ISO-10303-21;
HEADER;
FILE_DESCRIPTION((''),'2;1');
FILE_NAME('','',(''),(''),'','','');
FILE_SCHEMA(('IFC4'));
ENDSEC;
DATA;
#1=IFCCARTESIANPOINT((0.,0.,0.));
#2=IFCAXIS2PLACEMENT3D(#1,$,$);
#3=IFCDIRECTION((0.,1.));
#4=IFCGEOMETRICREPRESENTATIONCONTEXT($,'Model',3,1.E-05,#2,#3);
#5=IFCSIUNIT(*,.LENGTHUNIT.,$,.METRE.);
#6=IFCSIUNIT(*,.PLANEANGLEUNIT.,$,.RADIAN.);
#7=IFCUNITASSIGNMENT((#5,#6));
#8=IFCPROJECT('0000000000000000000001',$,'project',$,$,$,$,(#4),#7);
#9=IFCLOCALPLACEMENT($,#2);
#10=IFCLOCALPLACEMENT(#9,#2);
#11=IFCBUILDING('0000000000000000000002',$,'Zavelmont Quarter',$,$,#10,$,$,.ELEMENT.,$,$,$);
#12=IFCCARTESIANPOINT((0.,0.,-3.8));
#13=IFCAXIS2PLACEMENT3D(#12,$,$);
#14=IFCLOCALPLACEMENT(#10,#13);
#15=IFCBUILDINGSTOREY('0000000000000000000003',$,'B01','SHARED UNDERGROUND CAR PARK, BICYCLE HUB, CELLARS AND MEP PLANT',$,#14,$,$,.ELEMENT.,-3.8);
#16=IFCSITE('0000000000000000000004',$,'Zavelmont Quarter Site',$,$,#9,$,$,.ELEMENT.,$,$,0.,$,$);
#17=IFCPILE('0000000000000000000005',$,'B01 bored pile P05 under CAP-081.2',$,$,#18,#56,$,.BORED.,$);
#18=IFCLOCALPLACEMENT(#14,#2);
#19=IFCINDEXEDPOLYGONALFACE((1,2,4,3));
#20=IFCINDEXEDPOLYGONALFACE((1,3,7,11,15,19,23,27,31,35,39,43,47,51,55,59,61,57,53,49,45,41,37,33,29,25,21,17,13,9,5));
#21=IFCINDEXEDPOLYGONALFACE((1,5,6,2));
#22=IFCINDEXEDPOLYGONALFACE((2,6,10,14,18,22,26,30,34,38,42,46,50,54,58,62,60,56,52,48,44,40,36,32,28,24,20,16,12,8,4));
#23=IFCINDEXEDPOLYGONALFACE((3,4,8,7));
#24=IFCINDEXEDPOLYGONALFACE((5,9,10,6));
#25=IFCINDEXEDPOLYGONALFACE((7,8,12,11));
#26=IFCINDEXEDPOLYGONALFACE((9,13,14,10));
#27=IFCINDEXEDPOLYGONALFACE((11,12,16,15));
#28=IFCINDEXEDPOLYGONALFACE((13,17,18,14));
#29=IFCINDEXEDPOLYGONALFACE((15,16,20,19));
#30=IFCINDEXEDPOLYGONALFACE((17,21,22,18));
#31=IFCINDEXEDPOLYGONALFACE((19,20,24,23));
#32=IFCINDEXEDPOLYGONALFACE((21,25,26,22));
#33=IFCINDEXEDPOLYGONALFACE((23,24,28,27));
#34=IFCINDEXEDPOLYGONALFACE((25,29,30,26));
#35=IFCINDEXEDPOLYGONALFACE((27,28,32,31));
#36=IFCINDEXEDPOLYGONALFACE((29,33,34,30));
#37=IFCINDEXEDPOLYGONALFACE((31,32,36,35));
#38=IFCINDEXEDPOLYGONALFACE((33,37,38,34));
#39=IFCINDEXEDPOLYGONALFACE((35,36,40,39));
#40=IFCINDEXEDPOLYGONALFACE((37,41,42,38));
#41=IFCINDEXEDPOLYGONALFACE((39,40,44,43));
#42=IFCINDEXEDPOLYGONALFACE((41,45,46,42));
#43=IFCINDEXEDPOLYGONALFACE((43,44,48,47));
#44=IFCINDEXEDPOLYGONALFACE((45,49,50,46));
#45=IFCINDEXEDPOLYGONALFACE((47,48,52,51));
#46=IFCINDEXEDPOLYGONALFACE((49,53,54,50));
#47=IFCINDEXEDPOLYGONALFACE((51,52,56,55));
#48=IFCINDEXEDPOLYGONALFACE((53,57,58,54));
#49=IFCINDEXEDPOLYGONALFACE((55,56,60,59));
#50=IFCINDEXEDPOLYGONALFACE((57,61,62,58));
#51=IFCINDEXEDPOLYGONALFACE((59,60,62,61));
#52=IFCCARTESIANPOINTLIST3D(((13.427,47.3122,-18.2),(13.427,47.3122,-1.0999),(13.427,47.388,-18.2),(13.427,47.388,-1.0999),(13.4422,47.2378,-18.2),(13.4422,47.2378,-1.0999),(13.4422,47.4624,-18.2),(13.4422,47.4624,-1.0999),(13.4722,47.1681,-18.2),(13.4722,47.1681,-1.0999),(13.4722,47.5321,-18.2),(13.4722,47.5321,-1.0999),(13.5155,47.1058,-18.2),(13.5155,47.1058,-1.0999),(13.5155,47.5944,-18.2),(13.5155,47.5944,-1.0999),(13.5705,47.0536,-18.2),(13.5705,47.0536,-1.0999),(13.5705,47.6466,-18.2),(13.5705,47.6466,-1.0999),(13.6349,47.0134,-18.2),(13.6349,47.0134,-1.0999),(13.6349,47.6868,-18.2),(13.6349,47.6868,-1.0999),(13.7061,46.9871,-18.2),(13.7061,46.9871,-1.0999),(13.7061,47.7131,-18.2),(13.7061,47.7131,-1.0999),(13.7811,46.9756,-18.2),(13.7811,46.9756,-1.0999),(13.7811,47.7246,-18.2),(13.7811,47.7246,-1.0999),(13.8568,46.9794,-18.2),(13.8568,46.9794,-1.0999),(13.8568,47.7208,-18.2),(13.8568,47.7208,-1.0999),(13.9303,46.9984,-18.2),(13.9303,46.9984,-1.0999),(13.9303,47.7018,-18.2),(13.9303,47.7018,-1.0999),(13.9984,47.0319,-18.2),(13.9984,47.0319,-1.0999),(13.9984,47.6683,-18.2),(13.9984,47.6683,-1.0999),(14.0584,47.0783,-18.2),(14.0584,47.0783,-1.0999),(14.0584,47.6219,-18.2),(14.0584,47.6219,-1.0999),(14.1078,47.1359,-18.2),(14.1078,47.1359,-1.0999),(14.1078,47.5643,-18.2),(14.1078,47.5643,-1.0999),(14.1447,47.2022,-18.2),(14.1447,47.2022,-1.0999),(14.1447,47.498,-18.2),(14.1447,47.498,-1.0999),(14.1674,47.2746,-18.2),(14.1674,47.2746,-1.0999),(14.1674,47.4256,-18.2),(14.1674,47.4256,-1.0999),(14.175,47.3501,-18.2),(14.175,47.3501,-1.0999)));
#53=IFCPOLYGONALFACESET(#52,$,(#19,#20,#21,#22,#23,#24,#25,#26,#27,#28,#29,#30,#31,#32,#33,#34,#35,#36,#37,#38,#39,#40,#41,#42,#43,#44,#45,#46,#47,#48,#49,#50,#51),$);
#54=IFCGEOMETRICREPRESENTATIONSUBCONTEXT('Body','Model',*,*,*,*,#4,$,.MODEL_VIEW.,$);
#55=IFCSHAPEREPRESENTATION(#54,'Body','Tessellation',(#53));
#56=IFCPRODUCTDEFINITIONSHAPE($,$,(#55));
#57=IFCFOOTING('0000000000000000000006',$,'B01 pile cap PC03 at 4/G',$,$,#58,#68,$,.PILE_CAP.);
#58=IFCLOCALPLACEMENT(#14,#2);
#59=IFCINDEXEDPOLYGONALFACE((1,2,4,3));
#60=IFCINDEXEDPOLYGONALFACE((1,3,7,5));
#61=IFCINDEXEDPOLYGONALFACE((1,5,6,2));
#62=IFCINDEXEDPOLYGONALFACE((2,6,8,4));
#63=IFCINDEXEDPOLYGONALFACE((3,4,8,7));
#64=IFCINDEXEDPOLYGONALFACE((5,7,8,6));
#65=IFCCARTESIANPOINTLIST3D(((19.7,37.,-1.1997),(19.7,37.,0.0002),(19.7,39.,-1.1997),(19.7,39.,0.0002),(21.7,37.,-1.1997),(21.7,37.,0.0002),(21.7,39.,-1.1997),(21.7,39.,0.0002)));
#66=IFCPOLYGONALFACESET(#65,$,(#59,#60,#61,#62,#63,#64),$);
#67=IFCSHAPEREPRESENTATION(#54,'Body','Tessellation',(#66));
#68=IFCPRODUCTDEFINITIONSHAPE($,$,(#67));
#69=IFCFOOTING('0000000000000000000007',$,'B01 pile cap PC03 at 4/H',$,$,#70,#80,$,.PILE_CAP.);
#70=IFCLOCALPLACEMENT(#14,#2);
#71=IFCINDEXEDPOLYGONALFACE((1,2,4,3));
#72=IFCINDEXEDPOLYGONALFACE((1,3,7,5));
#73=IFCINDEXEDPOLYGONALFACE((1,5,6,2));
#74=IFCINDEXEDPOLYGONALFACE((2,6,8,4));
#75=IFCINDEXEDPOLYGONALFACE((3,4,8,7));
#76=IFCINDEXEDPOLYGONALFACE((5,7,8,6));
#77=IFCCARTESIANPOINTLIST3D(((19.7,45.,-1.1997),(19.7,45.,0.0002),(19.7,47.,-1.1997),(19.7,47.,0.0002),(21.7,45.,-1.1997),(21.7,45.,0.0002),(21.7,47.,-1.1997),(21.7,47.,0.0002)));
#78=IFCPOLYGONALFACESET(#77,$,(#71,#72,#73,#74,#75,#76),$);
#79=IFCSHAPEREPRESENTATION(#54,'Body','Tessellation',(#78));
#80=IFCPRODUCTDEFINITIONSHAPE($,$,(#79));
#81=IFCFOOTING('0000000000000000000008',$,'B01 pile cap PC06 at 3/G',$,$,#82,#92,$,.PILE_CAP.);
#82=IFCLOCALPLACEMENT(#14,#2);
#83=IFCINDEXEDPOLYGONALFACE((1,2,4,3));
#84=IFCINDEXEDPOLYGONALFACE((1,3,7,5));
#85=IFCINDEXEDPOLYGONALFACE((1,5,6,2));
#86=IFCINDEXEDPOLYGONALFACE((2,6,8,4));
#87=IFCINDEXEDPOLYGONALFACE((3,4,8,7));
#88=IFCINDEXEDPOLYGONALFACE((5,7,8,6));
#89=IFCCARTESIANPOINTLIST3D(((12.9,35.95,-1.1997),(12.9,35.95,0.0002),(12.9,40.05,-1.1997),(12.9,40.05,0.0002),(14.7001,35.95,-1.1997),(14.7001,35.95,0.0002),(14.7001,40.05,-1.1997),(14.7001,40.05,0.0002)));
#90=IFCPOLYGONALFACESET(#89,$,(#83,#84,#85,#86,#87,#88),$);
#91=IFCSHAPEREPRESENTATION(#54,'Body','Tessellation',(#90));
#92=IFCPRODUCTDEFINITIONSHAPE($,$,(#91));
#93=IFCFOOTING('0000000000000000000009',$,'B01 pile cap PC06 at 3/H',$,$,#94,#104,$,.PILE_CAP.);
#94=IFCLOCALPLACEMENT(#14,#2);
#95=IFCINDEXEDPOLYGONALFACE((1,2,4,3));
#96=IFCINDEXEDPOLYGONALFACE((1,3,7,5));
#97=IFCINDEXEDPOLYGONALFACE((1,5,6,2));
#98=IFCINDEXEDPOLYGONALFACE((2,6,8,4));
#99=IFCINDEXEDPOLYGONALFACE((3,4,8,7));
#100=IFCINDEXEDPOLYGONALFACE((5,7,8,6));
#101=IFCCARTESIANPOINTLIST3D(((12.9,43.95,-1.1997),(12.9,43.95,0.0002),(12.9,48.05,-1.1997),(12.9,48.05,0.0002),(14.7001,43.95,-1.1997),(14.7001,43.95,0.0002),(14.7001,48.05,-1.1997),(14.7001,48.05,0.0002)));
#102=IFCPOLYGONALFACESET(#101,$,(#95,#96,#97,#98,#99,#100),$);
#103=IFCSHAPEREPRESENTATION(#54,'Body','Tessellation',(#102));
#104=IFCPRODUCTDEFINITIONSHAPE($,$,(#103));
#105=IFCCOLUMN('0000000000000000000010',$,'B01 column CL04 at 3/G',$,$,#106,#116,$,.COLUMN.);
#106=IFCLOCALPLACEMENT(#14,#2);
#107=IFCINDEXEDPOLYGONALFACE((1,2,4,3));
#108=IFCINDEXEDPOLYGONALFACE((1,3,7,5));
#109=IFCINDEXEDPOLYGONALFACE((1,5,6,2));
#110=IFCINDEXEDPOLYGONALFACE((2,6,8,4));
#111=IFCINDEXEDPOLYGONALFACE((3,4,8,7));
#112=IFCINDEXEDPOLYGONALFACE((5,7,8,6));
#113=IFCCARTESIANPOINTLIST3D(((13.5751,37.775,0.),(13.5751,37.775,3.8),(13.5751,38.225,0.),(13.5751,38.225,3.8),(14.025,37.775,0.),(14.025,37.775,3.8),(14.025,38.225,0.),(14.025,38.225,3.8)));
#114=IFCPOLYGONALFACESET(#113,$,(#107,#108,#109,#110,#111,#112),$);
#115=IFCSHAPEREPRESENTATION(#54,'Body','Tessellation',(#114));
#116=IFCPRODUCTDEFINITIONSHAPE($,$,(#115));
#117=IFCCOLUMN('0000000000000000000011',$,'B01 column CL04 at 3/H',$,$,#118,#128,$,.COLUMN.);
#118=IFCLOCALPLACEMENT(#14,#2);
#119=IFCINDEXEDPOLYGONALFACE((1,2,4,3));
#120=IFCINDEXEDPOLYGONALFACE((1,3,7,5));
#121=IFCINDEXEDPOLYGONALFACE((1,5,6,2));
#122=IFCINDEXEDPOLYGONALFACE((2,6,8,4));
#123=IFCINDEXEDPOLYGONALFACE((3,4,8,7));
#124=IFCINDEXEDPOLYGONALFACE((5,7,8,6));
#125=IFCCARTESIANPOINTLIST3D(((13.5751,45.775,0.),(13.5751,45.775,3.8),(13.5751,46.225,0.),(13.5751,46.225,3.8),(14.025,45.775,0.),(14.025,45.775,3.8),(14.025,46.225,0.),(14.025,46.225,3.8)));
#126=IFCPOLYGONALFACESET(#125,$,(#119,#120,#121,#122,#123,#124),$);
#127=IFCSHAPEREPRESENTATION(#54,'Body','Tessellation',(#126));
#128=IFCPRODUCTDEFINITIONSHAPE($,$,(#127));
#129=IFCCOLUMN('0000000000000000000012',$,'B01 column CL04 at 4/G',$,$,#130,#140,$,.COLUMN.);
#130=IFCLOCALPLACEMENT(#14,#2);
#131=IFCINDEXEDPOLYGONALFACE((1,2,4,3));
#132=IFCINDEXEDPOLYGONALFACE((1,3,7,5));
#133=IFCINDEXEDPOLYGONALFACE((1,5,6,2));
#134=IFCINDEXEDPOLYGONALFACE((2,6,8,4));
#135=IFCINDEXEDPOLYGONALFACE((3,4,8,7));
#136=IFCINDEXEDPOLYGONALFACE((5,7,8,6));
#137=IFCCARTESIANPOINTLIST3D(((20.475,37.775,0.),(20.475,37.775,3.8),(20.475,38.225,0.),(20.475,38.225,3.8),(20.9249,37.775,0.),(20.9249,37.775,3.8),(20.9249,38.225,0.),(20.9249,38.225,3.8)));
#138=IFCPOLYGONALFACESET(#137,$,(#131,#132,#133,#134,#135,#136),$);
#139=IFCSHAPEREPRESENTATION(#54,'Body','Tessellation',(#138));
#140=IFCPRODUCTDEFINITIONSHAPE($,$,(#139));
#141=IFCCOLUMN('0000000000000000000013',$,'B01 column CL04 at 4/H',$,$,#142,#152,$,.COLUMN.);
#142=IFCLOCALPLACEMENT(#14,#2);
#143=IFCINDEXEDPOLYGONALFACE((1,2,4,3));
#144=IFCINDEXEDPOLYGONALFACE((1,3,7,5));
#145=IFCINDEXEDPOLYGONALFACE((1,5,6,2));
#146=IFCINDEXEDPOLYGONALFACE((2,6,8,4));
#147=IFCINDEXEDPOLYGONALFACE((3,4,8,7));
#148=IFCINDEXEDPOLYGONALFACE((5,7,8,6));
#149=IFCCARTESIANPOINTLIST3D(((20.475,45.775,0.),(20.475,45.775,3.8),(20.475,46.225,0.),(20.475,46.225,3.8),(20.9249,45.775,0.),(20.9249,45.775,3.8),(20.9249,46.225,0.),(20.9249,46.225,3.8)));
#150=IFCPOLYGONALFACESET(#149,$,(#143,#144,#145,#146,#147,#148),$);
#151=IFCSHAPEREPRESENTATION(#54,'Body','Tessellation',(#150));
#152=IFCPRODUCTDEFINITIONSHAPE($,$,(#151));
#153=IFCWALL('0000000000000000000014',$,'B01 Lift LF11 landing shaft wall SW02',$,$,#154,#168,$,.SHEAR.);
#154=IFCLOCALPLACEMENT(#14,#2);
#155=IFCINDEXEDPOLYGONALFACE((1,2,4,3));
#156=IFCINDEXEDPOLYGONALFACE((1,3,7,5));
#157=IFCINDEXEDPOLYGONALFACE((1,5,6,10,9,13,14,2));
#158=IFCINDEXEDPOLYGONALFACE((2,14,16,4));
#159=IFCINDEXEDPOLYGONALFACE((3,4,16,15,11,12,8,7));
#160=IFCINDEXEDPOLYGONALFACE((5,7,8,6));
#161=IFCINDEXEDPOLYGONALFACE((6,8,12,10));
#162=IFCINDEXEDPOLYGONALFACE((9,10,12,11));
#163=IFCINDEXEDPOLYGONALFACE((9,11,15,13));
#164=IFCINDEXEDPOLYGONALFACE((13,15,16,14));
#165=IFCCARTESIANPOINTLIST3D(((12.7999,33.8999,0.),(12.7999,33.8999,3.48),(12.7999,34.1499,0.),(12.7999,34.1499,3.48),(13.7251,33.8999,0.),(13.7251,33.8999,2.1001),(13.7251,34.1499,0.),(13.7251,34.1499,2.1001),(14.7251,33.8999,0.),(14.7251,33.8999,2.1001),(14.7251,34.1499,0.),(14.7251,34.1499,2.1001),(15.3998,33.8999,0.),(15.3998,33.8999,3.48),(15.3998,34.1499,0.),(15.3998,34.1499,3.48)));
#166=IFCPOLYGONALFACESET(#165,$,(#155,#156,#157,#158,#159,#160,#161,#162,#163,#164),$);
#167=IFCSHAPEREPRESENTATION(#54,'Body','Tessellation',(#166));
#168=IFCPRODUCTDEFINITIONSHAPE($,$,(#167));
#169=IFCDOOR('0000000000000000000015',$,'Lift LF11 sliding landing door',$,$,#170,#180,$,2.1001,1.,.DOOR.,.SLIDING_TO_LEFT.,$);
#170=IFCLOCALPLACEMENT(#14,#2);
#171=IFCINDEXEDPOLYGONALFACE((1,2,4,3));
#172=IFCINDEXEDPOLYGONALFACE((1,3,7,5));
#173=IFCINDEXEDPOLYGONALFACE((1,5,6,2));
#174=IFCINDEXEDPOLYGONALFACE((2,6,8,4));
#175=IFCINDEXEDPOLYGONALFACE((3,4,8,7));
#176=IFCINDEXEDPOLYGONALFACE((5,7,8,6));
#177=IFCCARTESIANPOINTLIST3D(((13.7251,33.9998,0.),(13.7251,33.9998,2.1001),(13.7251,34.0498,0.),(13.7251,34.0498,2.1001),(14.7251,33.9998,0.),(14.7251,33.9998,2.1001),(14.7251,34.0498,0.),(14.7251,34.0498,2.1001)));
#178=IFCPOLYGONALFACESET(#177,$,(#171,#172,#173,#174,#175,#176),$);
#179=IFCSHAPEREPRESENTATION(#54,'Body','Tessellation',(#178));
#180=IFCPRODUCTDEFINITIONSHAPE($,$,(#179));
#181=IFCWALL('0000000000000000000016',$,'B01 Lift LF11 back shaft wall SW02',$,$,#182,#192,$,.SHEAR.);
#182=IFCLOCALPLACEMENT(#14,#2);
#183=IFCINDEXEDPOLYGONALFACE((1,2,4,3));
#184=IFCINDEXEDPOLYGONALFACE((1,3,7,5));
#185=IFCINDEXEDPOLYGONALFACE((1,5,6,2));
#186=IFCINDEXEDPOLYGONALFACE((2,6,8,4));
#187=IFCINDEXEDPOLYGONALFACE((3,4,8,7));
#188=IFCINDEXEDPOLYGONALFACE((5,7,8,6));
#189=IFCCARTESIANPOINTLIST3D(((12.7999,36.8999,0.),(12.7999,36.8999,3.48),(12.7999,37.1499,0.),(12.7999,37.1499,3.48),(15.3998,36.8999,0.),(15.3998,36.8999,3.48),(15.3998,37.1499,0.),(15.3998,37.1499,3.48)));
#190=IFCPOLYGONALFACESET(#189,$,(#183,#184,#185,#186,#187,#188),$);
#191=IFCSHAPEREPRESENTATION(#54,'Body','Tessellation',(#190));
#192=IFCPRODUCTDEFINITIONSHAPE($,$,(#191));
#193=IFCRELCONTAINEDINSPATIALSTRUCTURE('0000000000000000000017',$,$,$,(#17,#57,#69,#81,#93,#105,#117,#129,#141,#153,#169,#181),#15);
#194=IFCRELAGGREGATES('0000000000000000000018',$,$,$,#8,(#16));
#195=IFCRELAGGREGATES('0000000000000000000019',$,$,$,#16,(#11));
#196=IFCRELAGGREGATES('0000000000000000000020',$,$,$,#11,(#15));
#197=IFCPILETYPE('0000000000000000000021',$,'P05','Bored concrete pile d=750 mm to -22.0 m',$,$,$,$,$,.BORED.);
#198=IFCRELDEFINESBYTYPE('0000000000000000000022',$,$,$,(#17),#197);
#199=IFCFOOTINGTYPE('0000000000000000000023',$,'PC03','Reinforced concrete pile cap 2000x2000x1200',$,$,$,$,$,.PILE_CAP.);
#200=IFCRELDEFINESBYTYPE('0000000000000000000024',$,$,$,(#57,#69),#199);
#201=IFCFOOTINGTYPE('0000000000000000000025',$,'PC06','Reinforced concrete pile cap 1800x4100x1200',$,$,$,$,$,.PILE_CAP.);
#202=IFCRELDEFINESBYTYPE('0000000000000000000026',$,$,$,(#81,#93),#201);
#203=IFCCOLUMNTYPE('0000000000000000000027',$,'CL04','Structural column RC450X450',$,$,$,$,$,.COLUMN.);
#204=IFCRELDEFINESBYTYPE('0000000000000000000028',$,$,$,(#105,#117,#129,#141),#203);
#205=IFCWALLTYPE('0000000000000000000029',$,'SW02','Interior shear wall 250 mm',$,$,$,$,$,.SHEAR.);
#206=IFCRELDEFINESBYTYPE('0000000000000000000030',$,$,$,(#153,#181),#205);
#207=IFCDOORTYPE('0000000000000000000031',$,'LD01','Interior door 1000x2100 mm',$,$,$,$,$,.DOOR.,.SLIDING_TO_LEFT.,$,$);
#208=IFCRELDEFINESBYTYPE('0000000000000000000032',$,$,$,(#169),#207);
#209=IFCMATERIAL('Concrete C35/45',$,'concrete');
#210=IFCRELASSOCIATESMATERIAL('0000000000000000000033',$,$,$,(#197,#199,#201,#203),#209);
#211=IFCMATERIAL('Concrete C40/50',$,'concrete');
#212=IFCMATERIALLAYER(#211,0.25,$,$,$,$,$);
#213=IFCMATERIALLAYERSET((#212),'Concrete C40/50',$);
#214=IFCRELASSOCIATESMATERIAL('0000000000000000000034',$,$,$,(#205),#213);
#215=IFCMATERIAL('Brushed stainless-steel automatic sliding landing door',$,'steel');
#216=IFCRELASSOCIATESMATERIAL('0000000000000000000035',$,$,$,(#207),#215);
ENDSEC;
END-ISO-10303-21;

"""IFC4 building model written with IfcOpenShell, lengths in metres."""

from ifc_helpers import new_model, si_unit, direction, frame, frame_2d, origin, origin_with_axes, origin_2d, place, context, subcontext, project, spatial, rectangle, circle, extrude, material, layer, layer_set, material_profile, profile_set, type_object, element, fill, save


model = new_model("IFC4")

# Units and contexts
model_context = context("Model", 3, precision=1e-05, world=origin(), true_north=direction((0.0, 1.0)))
body_context = subcontext(model_context, "Body", "Model", "MODEL_VIEW")
ifc_project = project(units=[si_unit("LENGTHUNIT", "METRE"), si_unit("PLANEANGLEUNIT", "RADIAN")], contexts=[model_context])

# Site, building, storey
site_placement = place(None, origin())
site = spatial("IfcSite", under=ifc_project, at=site_placement, Name="Zavelmont Quarter Site", CompositionType="ELEMENT", RefElevation=0.0)
building_placement = place(site_placement, origin())
building = spatial("IfcBuilding", under=site, at=building_placement, Name="Zavelmont Quarter", CompositionType="ELEMENT")
storey_placement = place(building_placement, frame((0.0, 0.0, -3.8)))
storey = spatial("IfcBuildingStorey", under=building, at=storey_placement, Name="B01", Description="SHARED UNDERGROUND CAR PARK, BICYCLE HUB, CELLARS AND MEP PLANT", CompositionType="ELEMENT", Elevation=-3.8)

# Shared definitions
ifc_material_1 = material(Name="Concrete C35/45", Category="concrete")

# Pile
ifc_material_profile_1 = material_profile(ifc_material_1, circle(Radius=0.375, at=origin_2d()), Name="BP750")
ifc_profile_set_1 = profile_set([ifc_material_profile_1], Name="Concrete C35/45")
pile_type_1 = type_object("IfcPileType", Name="P05", Description="Bored concrete pile d=750 mm to -22.0 m", PredefinedType="BORED", material=ifc_profile_set_1)
for number, where, z_axis, x_axis, name in (
    (1, (13.8, 47.3501, -1.0999), (0.0, 0.0, -1.0), (1.0, 0.0, 0.0), "B01 bored pile P05 under CAP-081.2"),
):
    element("IfcPile", number, at=place(storey_placement, frame(where, z_axis=z_axis, x_axis=x_axis)), inside=storey, type_object=pile_type_1, Name=name, PredefinedType="BORED", context=body_context, shape_type="SweptSolid", body=[
        extrude(circle(Radius=0.375, at=origin_2d()), origin(), (0.0, 0.0, 1.0), 17.1001),
    ])

# Footings
footing_type_1 = type_object("IfcFootingType", Name="PC03", Description="Reinforced concrete pile cap 2000x2000x1200", PredefinedType="PILE_CAP", material=ifc_material_1)
for number, where, z_axis, x_axis, name in (
    (2, (20.7, 38.0, -1.1997), (0.0, 0.0, 1.0), (1.0, 0.0, 0.0), "B01 pile cap PC03 at 4/G"),
    (3, (20.7, 46.0, -1.1997), (0.0, 0.0, 1.0), (1.0, 0.0, 0.0), "B01 pile cap PC03 at 4/H"),
):
    element("IfcFooting", number, at=place(storey_placement, frame(where, z_axis=z_axis, x_axis=x_axis)), inside=storey, type_object=footing_type_1, Name=name, PredefinedType="PILE_CAP", context=body_context, shape_type="SweptSolid", body=[
        extrude(rectangle(XDim=2.0, YDim=2.0, at=origin_2d()), origin(), (0.0, 0.0, 1.0), 1.2),
    ])
footing_type_2 = type_object("IfcFootingType", Name="PC06", Description="Reinforced concrete pile cap 1800x4100x1200", PredefinedType="PILE_CAP", material=ifc_material_1)
for number, where, z_axis, x_axis, name in (
    (4, (13.8, 38.0, -1.1997), (0.0, 0.0, 1.0), (1.0, 0.0, 0.0), "B01 pile cap PC06 at 3/G"),
    (5, (13.8, 46.0, -1.1997), (0.0, 0.0, 1.0), (1.0, 0.0, 0.0), "B01 pile cap PC06 at 3/H"),
):
    element("IfcFooting", number, at=place(storey_placement, frame(where, z_axis=z_axis, x_axis=x_axis)), inside=storey, type_object=footing_type_2, Name=name, PredefinedType="PILE_CAP", context=body_context, shape_type="SweptSolid", body=[
        extrude(rectangle(XDim=1.8, YDim=4.1001, at=origin_2d()), origin(), (0.0, 0.0, 1.0), 1.2),
    ])

# Columns
ifc_material_profile_2 = material_profile(ifc_material_1, rectangle(XDim=0.45, YDim=0.45, at=origin_2d()), Name="RC450X450")
ifc_profile_set_2 = profile_set([ifc_material_profile_2], Name="Concrete C35/45")
column_type = type_object("IfcColumnType", Name="CL04", Description="Structural column RC450X450", PredefinedType="COLUMN", material=ifc_profile_set_2)
for number, where, z_axis, x_axis, name in (
    (6, (13.8, 38.0, 0.0), (0.0, 0.0, 1.0), (1.0, 0.0, 0.0), "B01 column CL04 at 3/G"),
    (7, (13.8, 46.0, 0.0), (0.0, 0.0, 1.0), (1.0, 0.0, 0.0), "B01 column CL04 at 3/H"),
    (8, (20.7, 38.0, 0.0), (0.0, 0.0, 1.0), (1.0, 0.0, 0.0), "B01 column CL04 at 4/G"),
    (9, (20.7, 46.0, 0.0), (0.0, 0.0, 1.0), (1.0, 0.0, 0.0), "B01 column CL04 at 4/H"),
):
    element("IfcColumn", number, at=place(storey_placement, frame(where, z_axis=z_axis, x_axis=x_axis)), inside=storey, type_object=column_type, Name=name, PredefinedType="COLUMN", context=body_context, shape_type="SweptSolid", body=[
        extrude(rectangle(XDim=0.45, YDim=0.45, at=origin_2d()), origin(), (0.0, 0.0, 1.0), 3.8),
    ])

# Wall, opening, door
ifc_material_2 = material(Name="Concrete C40/50", Category="concrete")
ifc_layer_1 = layer(ifc_material_2, 0.25)
ifc_layer_set_1 = layer_set([ifc_layer_1], Name="Concrete C40/50")
wall_type_1 = type_object("IfcWallType", Name="SW02", Description="Interior shear wall 250 mm", PredefinedType="SHEAR", material=ifc_layer_set_1)
wall_1_placement = place(storey_placement, frame((12.8, 34.0249, 0.0), z_axis=(0.0, 0.0, 1.0), x_axis=(1.0, 0.0, 0.0)))
wall_1 = element("IfcWall", 10, at=wall_1_placement, inside=storey, type_object=wall_type_1, Name="B01 Lift LF11 landing shaft wall SW02", PredefinedType="SHEAR", context=body_context, shape_type="SweptSolid", body=[
    extrude(rectangle(XDim=2.5999, YDim=0.25, at=frame_2d((1.2998, 0.0))), origin(), (0.0, 0.0, 1.0), 3.48),
])
opening_1_placement = place(wall_1_placement, frame((0.925, 0.0, 0.0)))
opening_1 = element("IfcOpeningElement", 11, at=opening_1_placement, cuts=wall_1, PredefinedType="OPENING", context=body_context, shape_type="SweptSolid", body=[
    extrude(rectangle(XDim=1.0, YDim=2.1001, at=frame_2d((0.5, 1.05))), frame((0.0, 0.137, 0.0), z_axis=(0.0, -1.0, 0.0), x_axis=(1.0, 0.0, 0.0)), (0.0, 0.0, 1.0), 0.2739),
])
ifc_material_3 = material(Name="Brushed stainless-steel automatic sliding landing door", Category="steel")
door_type_1 = type_object("IfcDoorType", Name="LD01", Description="Interior door 1000x2100 mm", OperationType="SLIDING_TO_LEFT", PredefinedType="DOOR", material=ifc_material_3)
door_1_placement = place(opening_1_placement, origin_with_axes())
door_1 = element("IfcDoor", 12, at=door_1_placement, inside=storey, type_object=door_type_1, Name="Lift LF11 sliding landing door", OperationType="SLIDING_TO_LEFT", OverallHeight=2.1001, OverallWidth=1.0, PredefinedType="DOOR", context=body_context, shape_type="SweptSolid", body=[
    extrude(rectangle(XDim=1.0, YDim=2.1001, at=frame_2d((0.5, 1.05))), frame((0.0, 0.0249, 0.0), z_axis=(0.0, -1.0, 0.0), x_axis=(1.0, 0.0, 0.0)), (0.0, 0.0, 1.0), 0.05),
])
fill(opening_1, door_1)

# Wall
wall_2_placement = place(storey_placement, frame((12.8, 37.0249, 0.0), z_axis=(0.0, 0.0, 1.0), x_axis=(1.0, 0.0, 0.0)))
element("IfcWall", 13, at=wall_2_placement, inside=storey, type_object=wall_type_1, Name="B01 Lift LF11 back shaft wall SW02", PredefinedType="SHEAR", context=body_context, shape_type="SweptSolid", body=[
    extrude(rectangle(XDim=2.5999, YDim=0.25, at=frame_2d((1.2998, 0.0))), origin(), (0.0, 0.0, 1.0), 3.48),
])

save(model, "model.ifc")
